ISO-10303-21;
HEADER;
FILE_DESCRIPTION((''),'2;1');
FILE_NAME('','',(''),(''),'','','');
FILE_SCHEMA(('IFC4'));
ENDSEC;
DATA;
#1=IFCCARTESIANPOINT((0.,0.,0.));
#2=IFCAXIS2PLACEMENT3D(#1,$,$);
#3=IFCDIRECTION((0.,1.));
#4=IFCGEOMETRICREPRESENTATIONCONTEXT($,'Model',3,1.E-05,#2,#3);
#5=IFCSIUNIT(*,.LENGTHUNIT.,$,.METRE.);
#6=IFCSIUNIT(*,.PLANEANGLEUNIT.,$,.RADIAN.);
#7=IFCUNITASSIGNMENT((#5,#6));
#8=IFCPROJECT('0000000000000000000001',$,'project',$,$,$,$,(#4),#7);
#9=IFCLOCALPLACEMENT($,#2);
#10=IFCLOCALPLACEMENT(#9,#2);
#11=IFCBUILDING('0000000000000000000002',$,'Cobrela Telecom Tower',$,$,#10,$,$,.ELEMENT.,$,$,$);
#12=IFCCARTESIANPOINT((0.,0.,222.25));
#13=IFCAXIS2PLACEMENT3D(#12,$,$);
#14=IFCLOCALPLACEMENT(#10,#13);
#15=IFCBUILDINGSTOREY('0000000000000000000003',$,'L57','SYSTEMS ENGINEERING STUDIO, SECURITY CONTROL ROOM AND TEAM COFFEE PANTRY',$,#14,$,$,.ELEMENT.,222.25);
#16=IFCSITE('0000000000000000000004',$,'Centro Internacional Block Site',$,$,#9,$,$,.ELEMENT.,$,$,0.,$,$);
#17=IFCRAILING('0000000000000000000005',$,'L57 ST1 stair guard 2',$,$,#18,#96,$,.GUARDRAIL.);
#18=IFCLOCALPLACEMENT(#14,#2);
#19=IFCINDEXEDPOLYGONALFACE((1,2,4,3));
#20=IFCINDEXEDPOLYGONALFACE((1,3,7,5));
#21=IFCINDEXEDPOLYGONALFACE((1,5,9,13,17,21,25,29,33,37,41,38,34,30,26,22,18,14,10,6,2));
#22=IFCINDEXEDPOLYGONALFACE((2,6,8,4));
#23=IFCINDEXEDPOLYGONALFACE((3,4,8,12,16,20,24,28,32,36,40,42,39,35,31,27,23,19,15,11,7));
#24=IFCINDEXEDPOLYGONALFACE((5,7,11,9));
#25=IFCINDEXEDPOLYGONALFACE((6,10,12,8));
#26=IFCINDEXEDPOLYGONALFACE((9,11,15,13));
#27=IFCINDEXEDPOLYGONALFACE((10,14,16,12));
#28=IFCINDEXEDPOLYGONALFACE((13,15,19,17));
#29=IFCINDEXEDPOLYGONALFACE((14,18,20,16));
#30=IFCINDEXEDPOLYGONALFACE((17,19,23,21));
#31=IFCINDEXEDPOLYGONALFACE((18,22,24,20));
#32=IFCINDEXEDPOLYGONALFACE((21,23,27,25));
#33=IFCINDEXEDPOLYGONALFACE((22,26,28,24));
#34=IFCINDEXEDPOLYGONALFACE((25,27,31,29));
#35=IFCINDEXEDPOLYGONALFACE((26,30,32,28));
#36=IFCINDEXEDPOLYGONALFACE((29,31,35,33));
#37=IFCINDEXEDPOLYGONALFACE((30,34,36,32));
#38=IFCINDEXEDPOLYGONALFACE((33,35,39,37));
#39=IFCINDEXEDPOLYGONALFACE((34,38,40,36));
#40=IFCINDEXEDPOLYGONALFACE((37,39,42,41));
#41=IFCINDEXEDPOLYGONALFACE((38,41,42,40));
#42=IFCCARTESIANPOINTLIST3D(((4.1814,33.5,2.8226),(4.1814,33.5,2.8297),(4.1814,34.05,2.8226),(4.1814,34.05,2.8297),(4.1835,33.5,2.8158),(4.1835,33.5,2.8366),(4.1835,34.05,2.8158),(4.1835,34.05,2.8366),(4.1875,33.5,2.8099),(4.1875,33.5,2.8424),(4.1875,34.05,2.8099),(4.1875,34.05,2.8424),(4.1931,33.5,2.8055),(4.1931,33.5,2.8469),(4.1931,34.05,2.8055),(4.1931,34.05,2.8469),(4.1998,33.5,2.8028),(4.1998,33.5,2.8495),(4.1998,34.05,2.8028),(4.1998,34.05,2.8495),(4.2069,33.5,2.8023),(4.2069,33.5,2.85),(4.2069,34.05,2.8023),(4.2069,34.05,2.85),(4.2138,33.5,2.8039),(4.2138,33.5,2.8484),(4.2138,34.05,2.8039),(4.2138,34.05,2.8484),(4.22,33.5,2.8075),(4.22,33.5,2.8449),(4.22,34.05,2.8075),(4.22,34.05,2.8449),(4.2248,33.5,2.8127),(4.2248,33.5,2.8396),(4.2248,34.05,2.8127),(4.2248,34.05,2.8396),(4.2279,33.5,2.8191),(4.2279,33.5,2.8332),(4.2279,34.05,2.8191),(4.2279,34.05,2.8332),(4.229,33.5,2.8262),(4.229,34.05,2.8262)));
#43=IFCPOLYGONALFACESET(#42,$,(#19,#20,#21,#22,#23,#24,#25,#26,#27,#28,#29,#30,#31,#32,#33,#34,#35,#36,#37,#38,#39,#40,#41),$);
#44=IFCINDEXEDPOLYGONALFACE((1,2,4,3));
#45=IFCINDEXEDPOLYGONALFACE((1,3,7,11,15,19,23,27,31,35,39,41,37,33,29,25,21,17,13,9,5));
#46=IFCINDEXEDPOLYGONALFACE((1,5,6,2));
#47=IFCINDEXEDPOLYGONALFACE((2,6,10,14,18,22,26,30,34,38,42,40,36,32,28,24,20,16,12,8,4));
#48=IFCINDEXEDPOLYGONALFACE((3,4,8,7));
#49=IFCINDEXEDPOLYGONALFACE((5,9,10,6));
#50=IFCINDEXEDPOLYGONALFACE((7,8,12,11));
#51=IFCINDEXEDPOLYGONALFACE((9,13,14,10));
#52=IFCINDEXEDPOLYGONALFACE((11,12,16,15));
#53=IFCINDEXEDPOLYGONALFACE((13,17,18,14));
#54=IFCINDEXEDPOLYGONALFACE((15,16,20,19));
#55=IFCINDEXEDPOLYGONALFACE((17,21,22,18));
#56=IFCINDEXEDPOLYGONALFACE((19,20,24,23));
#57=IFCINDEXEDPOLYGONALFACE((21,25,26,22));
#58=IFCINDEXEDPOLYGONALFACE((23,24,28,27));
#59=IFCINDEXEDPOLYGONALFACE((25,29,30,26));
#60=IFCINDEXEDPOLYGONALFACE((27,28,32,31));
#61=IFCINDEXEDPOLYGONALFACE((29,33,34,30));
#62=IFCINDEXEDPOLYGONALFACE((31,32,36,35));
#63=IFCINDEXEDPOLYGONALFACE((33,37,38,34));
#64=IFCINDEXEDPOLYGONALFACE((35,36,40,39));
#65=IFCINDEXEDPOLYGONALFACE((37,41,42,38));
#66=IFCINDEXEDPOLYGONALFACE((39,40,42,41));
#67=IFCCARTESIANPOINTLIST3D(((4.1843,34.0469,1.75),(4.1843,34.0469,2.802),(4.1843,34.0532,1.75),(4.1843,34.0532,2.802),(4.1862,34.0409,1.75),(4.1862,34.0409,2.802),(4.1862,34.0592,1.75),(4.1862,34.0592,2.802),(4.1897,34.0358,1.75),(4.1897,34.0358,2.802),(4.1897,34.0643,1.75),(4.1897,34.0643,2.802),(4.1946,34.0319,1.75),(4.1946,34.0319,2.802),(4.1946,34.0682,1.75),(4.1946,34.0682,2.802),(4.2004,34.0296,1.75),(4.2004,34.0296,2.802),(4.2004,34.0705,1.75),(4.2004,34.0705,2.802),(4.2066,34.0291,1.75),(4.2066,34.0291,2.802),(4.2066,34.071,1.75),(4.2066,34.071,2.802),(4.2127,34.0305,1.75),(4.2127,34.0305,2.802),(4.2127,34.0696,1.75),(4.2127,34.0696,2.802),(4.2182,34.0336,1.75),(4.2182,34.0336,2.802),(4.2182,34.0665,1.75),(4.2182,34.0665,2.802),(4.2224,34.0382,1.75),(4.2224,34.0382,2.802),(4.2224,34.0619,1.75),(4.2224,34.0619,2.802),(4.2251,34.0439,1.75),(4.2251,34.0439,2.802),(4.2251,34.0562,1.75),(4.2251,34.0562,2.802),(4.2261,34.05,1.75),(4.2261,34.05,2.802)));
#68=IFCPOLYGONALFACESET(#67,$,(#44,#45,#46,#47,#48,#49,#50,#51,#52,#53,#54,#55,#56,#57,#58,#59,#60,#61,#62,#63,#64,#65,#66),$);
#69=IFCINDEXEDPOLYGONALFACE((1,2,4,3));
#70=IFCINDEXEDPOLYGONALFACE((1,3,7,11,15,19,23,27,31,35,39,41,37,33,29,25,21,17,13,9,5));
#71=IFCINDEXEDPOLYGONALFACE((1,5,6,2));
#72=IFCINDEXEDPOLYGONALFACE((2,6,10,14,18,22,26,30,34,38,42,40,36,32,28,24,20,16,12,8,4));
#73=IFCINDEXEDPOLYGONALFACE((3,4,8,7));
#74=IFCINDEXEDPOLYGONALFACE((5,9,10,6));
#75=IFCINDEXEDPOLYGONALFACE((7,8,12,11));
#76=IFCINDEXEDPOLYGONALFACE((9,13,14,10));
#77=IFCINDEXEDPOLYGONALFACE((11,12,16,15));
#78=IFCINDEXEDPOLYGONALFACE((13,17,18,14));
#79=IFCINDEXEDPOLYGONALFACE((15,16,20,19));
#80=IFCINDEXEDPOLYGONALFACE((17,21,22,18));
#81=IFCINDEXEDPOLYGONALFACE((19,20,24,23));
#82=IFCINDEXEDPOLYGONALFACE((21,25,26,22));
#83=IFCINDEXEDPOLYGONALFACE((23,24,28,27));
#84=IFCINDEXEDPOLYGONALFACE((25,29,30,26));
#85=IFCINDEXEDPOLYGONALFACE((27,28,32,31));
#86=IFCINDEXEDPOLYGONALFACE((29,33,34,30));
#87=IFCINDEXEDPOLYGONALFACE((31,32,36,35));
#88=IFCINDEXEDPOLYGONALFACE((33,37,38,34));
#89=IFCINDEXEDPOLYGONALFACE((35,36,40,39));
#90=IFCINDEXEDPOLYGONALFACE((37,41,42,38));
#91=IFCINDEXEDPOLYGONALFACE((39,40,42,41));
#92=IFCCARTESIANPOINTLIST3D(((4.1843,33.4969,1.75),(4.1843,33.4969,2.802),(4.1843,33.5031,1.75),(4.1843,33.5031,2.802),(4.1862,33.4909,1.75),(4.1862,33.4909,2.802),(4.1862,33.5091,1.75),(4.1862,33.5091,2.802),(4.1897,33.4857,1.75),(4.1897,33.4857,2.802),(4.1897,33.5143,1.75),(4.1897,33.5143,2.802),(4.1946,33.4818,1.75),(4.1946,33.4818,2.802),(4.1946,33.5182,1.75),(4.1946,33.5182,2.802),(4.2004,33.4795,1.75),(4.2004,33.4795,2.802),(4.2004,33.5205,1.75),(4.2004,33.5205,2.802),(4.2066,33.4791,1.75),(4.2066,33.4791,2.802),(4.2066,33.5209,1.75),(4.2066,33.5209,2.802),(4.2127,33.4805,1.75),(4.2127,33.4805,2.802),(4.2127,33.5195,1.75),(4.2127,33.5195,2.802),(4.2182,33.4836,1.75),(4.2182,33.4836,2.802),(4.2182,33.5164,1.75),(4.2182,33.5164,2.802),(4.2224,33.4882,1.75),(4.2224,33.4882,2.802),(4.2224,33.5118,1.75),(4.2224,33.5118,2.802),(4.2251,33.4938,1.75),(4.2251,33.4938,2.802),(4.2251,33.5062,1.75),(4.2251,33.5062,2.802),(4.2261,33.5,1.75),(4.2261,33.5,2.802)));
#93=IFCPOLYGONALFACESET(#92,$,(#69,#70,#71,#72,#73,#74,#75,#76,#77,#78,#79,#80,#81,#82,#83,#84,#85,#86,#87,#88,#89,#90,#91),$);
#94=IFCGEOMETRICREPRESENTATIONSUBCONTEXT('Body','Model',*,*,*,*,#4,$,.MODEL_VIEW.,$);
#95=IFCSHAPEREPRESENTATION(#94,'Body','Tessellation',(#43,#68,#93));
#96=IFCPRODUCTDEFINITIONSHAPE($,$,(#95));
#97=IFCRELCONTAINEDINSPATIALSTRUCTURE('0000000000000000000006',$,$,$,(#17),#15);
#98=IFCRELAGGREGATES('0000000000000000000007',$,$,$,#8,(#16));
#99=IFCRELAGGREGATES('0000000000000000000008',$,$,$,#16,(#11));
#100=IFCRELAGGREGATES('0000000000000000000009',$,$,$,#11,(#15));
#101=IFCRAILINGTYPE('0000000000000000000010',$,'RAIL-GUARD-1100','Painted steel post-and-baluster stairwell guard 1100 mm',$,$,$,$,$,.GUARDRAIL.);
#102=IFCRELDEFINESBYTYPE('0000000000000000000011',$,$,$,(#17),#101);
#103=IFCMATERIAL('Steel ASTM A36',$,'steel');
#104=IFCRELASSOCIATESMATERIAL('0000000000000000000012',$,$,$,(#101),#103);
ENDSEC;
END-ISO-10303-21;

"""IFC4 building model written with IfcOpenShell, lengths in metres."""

from ifc_helpers import new_model, si_unit, direction, frame, origin, origin_2d, place, context, subcontext, project, spatial, circle, extrude, material, type_object, element, save


model = new_model("IFC4")

# Units and contexts
model_context = context("Model", 3, precision=1e-05, world=origin(), true_north=direction((0.0, 1.0)))
body_context = subcontext(model_context, "Body", "Model", "MODEL_VIEW")
ifc_project = project(units=[si_unit("LENGTHUNIT", "METRE"), si_unit("PLANEANGLEUNIT", "RADIAN")], contexts=[model_context])

# Site, building, storey
site_placement = place(None, origin())
site = spatial("IfcSite", under=ifc_project, at=site_placement, Name="Centro Internacional Block Site", CompositionType="ELEMENT", RefElevation=0.0)
building_placement = place(site_placement, origin())
building = spatial("IfcBuilding", under=site, at=building_placement, Name="Cobrela Telecom Tower", CompositionType="ELEMENT")
storey_placement = place(building_placement, frame((0.0, 0.0, 222.25)))
storey = spatial("IfcBuildingStorey", under=building, at=storey_placement, Name="L57", Description="SYSTEMS ENGINEERING STUDIO, SECURITY CONTROL ROOM AND TEAM COFFEE PANTRY", CompositionType="ELEMENT", Elevation=222.25)

# Shared definitions
ifc_material_1 = material(Name="Steel ASTM A36", Category="steel")

# Railing
railing_type_1 = type_object("IfcRailingType", Name="RAIL-GUARD-1100", Description="Painted steel post-and-baluster stairwell guard 1100 mm", PredefinedType="GUARDRAIL", material=ifc_material_1)
railing_1_placement = place(storey_placement, frame((4.2051, 34.05, 1.75)))
element("IfcRailing", 1, at=railing_1_placement, inside=storey, type_object=railing_type_1, Name="L57 ST1 stair guard 2", PredefinedType="GUARDRAIL", context=body_context, shape_type="SweptSolid", body=[
    extrude(circle(Radius=0.0239, at=origin_2d()), frame((0.0, 0.0, 1.0762), z_axis=(0.0, -1.0, 0.0), x_axis=(1.0, 0.0, 0.0)), (0.0, 0.0, 1.0), 0.55),
    extrude(circle(Radius=0.021, at=origin_2d()), origin(), (0.0, 0.0, 1.0), 1.052),
    extrude(circle(Radius=0.021, at=origin_2d()), frame((0.0, -0.55, 0.0)), (0.0, 0.0, 1.0), 1.052),
])

save(model, "model.ifc")
